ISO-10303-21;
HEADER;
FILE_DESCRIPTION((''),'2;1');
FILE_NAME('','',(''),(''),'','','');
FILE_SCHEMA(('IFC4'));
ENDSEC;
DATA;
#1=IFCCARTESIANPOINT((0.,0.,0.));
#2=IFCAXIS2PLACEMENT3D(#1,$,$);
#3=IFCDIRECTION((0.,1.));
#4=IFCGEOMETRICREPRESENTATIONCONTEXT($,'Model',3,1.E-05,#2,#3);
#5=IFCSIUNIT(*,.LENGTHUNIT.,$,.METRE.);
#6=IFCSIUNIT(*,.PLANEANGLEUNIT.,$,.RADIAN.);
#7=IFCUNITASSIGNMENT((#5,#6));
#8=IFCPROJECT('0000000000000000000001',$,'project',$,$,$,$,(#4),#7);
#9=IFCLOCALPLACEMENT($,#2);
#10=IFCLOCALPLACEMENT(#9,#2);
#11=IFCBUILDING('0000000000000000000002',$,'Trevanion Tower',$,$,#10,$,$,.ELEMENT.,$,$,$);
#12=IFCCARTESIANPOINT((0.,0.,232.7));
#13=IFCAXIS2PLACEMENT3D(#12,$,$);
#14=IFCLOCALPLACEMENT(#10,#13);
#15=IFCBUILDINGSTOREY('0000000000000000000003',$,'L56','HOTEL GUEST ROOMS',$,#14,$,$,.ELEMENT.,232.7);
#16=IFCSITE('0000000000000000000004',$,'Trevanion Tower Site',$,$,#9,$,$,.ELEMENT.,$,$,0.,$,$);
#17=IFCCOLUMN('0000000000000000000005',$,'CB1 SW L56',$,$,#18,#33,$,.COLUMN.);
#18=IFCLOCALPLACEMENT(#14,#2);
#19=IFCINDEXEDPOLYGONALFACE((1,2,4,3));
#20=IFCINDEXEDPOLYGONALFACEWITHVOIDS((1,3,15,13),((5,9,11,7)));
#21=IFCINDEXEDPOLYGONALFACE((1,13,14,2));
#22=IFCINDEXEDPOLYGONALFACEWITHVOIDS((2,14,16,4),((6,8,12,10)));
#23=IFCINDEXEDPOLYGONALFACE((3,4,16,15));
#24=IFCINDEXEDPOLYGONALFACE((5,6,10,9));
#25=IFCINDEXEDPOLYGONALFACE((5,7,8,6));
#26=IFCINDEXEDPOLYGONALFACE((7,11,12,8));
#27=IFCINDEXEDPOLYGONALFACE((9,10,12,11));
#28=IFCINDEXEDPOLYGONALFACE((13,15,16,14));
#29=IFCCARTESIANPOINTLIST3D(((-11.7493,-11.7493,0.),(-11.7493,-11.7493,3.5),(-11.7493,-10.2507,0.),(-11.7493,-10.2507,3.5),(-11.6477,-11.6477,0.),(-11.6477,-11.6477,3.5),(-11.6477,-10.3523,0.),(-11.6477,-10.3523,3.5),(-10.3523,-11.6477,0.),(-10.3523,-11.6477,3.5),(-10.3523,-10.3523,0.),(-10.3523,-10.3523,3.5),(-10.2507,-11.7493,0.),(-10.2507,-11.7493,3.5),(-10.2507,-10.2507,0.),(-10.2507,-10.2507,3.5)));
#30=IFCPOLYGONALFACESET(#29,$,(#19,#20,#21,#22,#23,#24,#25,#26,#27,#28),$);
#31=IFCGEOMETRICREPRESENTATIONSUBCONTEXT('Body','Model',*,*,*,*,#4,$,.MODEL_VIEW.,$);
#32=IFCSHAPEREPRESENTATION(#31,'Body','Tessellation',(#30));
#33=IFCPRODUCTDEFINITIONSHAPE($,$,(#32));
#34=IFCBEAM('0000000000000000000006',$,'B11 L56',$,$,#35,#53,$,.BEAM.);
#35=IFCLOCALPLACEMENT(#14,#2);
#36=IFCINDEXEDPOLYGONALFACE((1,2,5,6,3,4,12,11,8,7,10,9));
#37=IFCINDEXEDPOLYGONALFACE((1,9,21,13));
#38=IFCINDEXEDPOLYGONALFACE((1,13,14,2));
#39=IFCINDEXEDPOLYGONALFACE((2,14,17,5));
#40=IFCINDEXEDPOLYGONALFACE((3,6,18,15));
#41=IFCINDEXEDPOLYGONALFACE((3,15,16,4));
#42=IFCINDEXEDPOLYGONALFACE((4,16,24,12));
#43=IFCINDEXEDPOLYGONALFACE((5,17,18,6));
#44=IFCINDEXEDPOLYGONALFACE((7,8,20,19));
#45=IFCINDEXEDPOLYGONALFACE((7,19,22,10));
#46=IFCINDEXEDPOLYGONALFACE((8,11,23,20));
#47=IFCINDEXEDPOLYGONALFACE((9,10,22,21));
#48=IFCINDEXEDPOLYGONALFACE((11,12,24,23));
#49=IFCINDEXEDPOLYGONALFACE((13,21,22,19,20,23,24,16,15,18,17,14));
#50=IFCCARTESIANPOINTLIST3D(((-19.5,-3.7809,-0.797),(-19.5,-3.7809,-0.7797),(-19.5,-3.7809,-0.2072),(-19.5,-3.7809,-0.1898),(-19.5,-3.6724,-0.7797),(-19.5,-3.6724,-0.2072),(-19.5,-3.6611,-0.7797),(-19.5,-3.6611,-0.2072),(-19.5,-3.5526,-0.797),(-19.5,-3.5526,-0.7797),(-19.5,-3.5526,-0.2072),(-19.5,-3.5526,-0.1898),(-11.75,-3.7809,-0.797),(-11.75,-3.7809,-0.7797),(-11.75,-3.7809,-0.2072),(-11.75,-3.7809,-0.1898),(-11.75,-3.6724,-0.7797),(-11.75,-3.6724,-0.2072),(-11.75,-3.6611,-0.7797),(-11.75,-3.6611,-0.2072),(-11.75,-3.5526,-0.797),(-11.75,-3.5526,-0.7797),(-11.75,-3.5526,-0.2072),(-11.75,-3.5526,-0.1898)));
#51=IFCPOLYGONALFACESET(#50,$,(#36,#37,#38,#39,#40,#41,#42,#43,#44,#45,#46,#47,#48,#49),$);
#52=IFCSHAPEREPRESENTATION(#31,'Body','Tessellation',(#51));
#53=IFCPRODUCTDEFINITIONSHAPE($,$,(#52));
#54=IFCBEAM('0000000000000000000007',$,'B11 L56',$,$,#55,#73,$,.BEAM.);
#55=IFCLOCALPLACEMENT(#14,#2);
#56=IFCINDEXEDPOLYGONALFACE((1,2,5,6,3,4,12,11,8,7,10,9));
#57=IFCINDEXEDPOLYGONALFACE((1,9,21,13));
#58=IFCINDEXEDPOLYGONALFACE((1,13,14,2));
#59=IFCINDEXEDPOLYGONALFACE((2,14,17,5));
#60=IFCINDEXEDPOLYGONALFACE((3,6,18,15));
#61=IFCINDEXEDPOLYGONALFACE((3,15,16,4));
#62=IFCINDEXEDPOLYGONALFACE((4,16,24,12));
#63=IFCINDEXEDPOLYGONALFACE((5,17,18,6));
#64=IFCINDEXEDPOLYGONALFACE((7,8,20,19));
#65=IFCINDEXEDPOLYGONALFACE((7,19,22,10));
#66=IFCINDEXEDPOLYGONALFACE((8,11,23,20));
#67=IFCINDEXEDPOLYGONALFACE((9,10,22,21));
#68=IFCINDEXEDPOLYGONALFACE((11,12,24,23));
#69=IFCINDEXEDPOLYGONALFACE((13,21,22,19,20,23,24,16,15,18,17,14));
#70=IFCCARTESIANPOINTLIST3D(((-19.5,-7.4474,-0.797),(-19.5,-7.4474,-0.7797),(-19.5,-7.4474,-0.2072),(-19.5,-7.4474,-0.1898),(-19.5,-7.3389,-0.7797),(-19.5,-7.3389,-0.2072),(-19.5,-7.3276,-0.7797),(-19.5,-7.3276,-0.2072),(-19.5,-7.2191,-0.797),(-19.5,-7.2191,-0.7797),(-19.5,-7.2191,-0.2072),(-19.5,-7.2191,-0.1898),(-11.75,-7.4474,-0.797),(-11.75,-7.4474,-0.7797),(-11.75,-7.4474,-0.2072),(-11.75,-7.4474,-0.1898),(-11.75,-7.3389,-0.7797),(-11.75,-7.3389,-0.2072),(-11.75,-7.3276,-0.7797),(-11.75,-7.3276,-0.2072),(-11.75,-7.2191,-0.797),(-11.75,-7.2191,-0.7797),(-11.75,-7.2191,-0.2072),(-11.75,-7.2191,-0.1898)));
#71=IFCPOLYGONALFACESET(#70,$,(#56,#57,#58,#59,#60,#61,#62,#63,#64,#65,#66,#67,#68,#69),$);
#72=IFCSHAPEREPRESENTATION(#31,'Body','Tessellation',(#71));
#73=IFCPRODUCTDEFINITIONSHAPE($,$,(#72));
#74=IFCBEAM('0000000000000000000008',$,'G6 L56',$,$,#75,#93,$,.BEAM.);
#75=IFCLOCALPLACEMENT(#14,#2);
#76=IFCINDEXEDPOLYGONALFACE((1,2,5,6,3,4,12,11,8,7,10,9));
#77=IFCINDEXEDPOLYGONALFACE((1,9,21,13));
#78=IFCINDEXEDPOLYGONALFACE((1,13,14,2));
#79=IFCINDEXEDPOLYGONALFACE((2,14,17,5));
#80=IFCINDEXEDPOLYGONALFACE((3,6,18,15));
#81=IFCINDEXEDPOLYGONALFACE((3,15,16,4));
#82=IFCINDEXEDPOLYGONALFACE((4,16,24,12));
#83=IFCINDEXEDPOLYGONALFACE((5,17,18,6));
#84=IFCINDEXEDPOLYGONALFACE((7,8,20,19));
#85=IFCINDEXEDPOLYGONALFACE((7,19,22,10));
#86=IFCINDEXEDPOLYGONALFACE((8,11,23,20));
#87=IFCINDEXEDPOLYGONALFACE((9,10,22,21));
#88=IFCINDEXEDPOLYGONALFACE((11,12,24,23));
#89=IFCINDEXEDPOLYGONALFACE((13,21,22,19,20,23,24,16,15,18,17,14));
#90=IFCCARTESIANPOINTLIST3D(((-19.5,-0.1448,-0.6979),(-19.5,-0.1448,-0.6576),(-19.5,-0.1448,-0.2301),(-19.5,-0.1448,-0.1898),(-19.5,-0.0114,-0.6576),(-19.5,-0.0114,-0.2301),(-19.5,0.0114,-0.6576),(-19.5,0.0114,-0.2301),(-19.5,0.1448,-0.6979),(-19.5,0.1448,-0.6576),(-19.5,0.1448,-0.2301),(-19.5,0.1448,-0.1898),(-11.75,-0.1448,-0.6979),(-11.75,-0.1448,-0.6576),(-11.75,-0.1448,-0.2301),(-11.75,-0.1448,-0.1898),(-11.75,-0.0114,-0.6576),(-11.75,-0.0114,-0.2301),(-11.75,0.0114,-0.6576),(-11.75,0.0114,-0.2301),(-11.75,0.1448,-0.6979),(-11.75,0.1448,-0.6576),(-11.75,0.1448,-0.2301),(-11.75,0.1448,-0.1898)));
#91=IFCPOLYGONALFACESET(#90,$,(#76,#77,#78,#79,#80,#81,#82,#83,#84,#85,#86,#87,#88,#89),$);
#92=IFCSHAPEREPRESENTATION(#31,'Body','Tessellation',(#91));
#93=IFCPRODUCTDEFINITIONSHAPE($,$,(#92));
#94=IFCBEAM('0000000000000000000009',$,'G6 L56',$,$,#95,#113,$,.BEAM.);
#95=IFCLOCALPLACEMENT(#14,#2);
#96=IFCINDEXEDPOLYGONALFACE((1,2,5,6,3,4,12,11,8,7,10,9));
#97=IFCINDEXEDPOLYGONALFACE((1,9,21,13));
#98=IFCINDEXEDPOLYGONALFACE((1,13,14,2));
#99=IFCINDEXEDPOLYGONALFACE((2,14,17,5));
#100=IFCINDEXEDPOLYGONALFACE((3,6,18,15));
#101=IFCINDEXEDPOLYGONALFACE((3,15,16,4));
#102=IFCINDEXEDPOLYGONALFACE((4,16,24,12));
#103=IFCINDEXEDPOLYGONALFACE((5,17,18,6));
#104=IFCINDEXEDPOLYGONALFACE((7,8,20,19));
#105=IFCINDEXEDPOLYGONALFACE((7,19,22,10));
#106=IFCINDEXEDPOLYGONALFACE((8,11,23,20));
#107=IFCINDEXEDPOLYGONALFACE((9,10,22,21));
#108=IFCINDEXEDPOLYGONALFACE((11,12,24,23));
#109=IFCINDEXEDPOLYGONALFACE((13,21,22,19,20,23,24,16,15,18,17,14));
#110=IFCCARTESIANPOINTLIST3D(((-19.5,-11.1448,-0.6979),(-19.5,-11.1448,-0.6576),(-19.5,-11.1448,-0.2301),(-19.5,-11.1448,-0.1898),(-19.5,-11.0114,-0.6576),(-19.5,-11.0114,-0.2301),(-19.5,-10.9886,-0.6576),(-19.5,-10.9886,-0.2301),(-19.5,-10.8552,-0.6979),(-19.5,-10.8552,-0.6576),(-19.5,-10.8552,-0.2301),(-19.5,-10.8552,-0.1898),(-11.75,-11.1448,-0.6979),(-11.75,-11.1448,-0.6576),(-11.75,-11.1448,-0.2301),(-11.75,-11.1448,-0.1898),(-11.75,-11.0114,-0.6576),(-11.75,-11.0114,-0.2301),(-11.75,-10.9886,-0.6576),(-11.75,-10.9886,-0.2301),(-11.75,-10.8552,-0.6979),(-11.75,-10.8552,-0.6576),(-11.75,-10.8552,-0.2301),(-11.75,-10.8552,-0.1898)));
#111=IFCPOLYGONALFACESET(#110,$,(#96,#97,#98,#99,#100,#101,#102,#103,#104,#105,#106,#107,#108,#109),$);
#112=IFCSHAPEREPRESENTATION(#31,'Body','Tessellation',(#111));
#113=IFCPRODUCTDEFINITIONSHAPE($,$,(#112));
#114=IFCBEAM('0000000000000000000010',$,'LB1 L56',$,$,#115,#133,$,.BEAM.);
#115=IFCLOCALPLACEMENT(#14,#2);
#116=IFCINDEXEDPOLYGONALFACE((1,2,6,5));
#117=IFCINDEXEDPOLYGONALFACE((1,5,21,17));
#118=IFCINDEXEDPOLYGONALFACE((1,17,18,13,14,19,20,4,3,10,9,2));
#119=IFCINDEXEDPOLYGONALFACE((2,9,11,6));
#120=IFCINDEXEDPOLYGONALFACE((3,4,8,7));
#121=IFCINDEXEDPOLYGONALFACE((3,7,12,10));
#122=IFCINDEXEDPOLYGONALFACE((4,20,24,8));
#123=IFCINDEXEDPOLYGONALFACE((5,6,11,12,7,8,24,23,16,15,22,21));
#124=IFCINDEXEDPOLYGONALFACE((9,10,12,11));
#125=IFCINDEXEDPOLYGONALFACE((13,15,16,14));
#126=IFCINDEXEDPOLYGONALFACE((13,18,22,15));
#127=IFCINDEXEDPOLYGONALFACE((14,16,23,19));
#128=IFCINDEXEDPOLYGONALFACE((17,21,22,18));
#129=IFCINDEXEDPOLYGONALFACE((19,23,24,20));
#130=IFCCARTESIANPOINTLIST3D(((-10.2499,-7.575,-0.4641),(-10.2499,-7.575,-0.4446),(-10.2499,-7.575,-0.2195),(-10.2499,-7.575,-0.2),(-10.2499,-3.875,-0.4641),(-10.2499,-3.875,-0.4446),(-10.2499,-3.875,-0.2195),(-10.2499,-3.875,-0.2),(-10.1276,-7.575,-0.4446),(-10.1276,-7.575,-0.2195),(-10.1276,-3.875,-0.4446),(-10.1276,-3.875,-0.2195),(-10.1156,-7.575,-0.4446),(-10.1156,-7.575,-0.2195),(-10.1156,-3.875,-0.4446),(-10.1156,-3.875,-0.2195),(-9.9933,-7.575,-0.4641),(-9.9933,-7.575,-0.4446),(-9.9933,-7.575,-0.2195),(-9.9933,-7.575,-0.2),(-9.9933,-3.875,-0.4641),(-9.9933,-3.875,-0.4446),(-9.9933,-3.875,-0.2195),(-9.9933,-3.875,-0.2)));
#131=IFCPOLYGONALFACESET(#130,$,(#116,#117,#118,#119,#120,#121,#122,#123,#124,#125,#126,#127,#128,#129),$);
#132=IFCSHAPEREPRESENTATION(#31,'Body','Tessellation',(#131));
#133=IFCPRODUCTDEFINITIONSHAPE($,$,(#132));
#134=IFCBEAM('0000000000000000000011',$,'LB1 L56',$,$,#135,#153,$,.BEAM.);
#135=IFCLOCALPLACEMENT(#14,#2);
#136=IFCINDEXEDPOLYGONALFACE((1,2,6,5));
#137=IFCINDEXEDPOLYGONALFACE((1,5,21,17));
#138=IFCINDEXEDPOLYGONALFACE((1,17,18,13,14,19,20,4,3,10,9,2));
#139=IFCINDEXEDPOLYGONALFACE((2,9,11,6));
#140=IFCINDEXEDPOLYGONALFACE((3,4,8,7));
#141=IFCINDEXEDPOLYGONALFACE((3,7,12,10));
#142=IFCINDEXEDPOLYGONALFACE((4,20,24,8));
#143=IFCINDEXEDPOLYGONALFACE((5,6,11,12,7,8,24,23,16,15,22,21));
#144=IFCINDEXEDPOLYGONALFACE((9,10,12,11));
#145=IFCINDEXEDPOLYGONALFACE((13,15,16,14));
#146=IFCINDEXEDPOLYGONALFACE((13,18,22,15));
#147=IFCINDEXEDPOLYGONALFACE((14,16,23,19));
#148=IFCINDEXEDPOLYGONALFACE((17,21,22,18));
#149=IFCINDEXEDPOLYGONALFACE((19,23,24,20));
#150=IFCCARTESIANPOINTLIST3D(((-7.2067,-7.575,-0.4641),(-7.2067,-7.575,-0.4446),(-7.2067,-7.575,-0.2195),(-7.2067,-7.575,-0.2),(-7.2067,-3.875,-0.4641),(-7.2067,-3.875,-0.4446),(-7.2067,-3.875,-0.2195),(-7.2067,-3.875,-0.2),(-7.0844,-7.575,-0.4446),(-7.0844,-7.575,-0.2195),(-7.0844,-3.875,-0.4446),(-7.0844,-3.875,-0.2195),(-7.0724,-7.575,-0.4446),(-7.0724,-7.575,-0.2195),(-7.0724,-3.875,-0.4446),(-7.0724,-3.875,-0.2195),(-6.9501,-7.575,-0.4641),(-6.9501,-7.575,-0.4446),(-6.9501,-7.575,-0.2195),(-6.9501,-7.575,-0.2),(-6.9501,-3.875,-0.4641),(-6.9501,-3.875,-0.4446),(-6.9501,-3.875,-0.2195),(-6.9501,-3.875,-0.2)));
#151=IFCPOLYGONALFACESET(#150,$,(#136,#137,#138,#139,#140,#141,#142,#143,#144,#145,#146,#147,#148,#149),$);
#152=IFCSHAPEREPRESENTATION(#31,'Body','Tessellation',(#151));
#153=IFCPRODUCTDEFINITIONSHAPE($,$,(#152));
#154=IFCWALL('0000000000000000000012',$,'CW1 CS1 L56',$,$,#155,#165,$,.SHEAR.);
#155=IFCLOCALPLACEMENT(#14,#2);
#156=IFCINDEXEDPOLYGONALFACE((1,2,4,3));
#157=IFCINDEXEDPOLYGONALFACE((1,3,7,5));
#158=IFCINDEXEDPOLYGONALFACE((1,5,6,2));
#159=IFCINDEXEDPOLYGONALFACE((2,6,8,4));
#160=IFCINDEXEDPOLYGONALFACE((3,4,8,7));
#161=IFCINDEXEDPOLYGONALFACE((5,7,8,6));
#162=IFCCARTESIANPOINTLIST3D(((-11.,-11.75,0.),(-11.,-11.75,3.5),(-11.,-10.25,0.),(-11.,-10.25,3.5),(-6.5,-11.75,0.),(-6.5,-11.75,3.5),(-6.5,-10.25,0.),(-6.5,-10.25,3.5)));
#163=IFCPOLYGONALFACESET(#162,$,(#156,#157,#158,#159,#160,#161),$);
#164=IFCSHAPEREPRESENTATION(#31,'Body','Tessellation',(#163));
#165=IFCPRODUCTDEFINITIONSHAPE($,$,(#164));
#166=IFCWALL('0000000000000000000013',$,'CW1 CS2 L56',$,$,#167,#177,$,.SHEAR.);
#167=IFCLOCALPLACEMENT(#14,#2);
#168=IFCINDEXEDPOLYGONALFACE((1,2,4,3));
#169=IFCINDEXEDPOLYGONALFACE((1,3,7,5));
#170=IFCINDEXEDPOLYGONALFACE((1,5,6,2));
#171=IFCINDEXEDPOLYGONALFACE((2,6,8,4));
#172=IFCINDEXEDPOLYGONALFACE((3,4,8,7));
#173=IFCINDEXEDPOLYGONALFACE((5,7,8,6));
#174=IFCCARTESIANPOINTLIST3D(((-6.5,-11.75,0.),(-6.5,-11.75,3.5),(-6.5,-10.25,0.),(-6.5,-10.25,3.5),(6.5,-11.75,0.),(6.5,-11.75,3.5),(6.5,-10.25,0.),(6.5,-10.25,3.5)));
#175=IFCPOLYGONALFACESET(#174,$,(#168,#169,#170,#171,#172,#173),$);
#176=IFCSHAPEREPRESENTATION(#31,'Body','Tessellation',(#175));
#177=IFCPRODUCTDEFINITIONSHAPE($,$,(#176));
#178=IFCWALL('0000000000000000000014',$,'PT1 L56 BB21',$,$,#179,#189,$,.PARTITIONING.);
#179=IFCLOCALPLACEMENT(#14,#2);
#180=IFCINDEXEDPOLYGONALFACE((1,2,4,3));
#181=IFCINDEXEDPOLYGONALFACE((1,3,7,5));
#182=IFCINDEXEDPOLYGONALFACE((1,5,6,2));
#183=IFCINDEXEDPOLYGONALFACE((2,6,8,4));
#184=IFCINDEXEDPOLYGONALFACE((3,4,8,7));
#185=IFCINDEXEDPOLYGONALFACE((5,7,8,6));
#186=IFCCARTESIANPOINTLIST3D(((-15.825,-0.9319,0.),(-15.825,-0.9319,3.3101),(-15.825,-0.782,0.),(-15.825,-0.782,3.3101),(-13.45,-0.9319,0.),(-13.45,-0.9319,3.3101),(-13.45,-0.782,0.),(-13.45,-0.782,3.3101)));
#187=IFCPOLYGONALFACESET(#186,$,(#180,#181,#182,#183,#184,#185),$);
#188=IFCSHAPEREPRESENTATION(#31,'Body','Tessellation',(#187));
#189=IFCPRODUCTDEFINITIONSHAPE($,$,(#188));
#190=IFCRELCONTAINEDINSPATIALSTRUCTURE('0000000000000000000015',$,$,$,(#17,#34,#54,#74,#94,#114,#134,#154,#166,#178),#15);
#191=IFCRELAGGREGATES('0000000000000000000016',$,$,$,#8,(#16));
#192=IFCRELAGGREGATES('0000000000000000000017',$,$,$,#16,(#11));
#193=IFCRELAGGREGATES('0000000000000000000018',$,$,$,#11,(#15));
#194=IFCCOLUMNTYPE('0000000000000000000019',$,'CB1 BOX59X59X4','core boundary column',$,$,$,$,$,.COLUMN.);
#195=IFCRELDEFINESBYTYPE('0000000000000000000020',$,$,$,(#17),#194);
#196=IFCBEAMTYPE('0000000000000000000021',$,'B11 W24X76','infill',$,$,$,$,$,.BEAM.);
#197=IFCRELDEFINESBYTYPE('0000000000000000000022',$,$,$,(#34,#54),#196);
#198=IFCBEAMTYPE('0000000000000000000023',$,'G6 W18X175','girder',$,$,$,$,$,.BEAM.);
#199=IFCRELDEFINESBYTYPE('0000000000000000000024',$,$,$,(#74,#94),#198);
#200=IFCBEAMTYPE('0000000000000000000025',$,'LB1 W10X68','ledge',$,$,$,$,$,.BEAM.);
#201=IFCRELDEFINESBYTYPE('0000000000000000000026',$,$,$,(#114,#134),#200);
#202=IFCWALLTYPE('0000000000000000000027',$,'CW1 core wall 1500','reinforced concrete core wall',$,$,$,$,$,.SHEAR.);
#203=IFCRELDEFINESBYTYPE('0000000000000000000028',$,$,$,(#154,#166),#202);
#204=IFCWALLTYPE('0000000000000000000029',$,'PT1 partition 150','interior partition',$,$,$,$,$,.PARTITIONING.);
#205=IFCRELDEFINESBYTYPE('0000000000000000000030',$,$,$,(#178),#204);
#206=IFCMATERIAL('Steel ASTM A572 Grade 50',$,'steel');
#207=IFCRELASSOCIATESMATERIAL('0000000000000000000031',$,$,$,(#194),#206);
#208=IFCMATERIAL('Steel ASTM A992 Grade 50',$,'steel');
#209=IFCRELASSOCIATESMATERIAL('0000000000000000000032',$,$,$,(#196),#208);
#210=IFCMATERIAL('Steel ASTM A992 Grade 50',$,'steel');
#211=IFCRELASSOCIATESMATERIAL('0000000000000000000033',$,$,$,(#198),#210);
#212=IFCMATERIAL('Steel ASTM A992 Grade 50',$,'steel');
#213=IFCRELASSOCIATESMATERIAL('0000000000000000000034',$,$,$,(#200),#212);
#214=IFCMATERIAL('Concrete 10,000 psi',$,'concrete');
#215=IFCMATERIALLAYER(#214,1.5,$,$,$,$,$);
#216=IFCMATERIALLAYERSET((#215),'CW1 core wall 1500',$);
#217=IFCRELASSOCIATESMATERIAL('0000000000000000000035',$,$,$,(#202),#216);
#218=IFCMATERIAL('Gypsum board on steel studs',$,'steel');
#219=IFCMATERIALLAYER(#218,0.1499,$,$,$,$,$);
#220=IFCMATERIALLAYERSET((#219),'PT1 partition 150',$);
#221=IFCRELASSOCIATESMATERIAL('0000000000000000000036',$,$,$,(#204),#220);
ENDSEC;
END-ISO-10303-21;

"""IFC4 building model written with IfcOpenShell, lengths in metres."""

from ifc_helpers import new_model, si_unit, direction, frame, frame_2d, origin, origin_2d, place, context, subcontext, project, spatial, rectangle, hollow_rectangle, i_section, extrude, material, layer, layer_set, material_profile, profile_set, type_object, element, save


model = new_model("IFC4")

# Units and contexts
model_context = context("Model", 3, precision=1e-05, world=origin(), true_north=direction((0.0, 1.0)))
body_context = subcontext(model_context, "Body", "Model", "MODEL_VIEW")
ifc_project = project(units=[si_unit("LENGTHUNIT", "METRE"), si_unit("PLANEANGLEUNIT", "RADIAN")], contexts=[model_context])

# Site, building, storey
site_placement = place(None, origin())
site = spatial("IfcSite", under=ifc_project, at=site_placement, Name="Trevanion Tower Site", CompositionType="ELEMENT", RefElevation=0.0)
building_placement = place(site_placement, origin())
building = spatial("IfcBuilding", under=site, at=building_placement, Name="Trevanion Tower", CompositionType="ELEMENT")
storey_placement = place(building_placement, frame((0.0, 0.0, 232.7)))
storey = spatial("IfcBuildingStorey", under=building, at=storey_placement, Name="L56", Description="HOTEL GUEST ROOMS", CompositionType="ELEMENT", Elevation=232.7)

# Column
ifc_material_1 = material(Name="Steel ASTM A572 Grade 50", Category="steel")
ifc_material_profile_1 = material_profile(ifc_material_1, hollow_rectangle(XDim=1.4985, YDim=1.4985, WallThickness=0.1016, at=origin_2d()), Name="BOX59X59X4")
ifc_profile_set_1 = profile_set([ifc_material_profile_1], Name="Steel ASTM A572 Grade 50")
column_type = type_object("IfcColumnType", Name="CB1 BOX59X59X4", Description="core boundary column", PredefinedType="COLUMN", material=ifc_profile_set_1)
column_placement = place(storey_placement, frame((-11.0, -11.0, 0.0), z_axis=(0.0, 0.0, 1.0), x_axis=(1.0, 0.0, 0.0)))
element("IfcColumn", 1, at=column_placement, inside=storey, type_object=column_type, Name="CB1 SW L56", PredefinedType="COLUMN", context=body_context, shape_type="SweptSolid", body=[
    extrude(hollow_rectangle(XDim=1.4985, YDim=1.4985, WallThickness=0.1016, at=origin_2d()), origin(), (0.0, 0.0, 1.0), 3.5),
])

# Beams
ifc_material_2 = material(Name="Steel ASTM A992 Grade 50", Category="steel")
ifc_material_profile_2 = material_profile(ifc_material_2, i_section(OverallWidth=0.2283, OverallDepth=0.6072, WebThickness=0.0112, FlangeThickness=0.0173, at=origin_2d()), Name="W24X76")
ifc_profile_set_2 = profile_set([ifc_material_profile_2], Name="Steel ASTM A992 Grade 50")
beam_type_1 = type_object("IfcBeamType", Name="B11 W24X76", Description="infill", PredefinedType="BEAM", material=ifc_profile_set_2)
for number, where, z_axis, x_axis, name in (
    (2, (-11.75, -3.6667, -0.4934), (-1.0, 0.0, 0.0), (0.0, -1.0, 0.0), "B11 L56"),
    (3, (-11.75, -7.3333, -0.4934), (-1.0, 0.0, 0.0), (0.0, -1.0, 0.0), "B11 L56"),
):
    element("IfcBeam", number, at=place(storey_placement, frame(where, z_axis=z_axis, x_axis=x_axis)), inside=storey, type_object=beam_type_1, Name=name, PredefinedType="BEAM", context=body_context, shape_type="SweptSolid", body=[
        extrude(i_section(OverallWidth=0.2283, OverallDepth=0.6072, WebThickness=0.0112, FlangeThickness=0.0173, at=origin_2d()), origin(), (0.0, 0.0, 1.0), 7.75),
    ])
ifc_material_3 = material(Name="Steel ASTM A992 Grade 50", Category="steel")
ifc_material_profile_3 = material_profile(ifc_material_3, i_section(OverallWidth=0.2896, OverallDepth=0.5081, WebThickness=0.0227, FlangeThickness=0.0403, at=origin_2d()), Name="W18X175")
ifc_profile_set_3 = profile_set([ifc_material_profile_3], Name="Steel ASTM A992 Grade 50")
beam_type_2 = type_object("IfcBeamType", Name="G6 W18X175", Description="girder", PredefinedType="BEAM", material=ifc_profile_set_3)
for number, where, z_axis, x_axis, name in (
    (4, (-11.75, 0.0, -0.4438), (-1.0, 0.0, 0.0), (0.0, -1.0, 0.0), "G6 L56"),
    (5, (-11.75, -11.0, -0.4438), (-1.0, 0.0, 0.0), (0.0, -1.0, 0.0), "G6 L56"),
):
    element("IfcBeam", number, at=place(storey_placement, frame(where, z_axis=z_axis, x_axis=x_axis)), inside=storey, type_object=beam_type_2, Name=name, PredefinedType="BEAM", context=body_context, shape_type="SweptSolid", body=[
        extrude(i_section(OverallWidth=0.2896, OverallDepth=0.5081, WebThickness=0.0227, FlangeThickness=0.0403, at=origin_2d()), origin(), (0.0, 0.0, 1.0), 7.75),
    ])
ifc_material_4 = material(Name="Steel ASTM A992 Grade 50", Category="steel")
ifc_material_profile_4 = material_profile(ifc_material_4, i_section(OverallWidth=0.2566, OverallDepth=0.2642, WebThickness=0.012, FlangeThickness=0.0195, at=origin_2d()), Name="W10X68")
ifc_profile_set_4 = profile_set([ifc_material_profile_4], Name="Steel ASTM A992 Grade 50")
beam_type_3 = type_object("IfcBeamType", Name="LB1 W10X68", Description="ledge", PredefinedType="BEAM", material=ifc_profile_set_4)
for number, where, z_axis, x_axis, name in (
    (6, (-10.1216, -7.575, -0.332), (0.0, 1.0, 0.0), (-1.0, 0.0, 0.0), "LB1 L56"),
    (7, (-7.0784, -7.575, -0.332), (0.0, 1.0, 0.0), (-1.0, 0.0, 0.0), "LB1 L56"),
):
    element("IfcBeam", number, at=place(storey_placement, frame(where, z_axis=z_axis, x_axis=x_axis)), inside=storey, type_object=beam_type_3, Name=name, PredefinedType="BEAM", context=body_context, shape_type="SweptSolid", body=[
        extrude(i_section(OverallWidth=0.2566, OverallDepth=0.2642, WebThickness=0.012, FlangeThickness=0.0195, at=origin_2d()), origin(), (0.0, 0.0, 1.0), 3.7),
    ])

# Walls
ifc_material_5 = material(Name="Concrete 10,000 psi", Category="concrete")
ifc_layer_1 = layer(ifc_material_5, 1.5)
ifc_layer_set_1 = layer_set([ifc_layer_1], Name="CW1 core wall 1500")
wall_type_1 = type_object("IfcWallType", Name="CW1 core wall 1500", Description="reinforced concrete core wall", PredefinedType="SHEAR", material=ifc_layer_set_1)
wall_1_placement = place(storey_placement, frame((-11.0, -11.0, 0.0), z_axis=(0.0, 0.0, 1.0), x_axis=(1.0, 0.0, 0.0)))
element("IfcWall", 8, at=wall_1_placement, inside=storey, type_object=wall_type_1, Name="CW1 CS1 L56", PredefinedType="SHEAR", context=body_context, shape_type="SweptSolid", body=[
    extrude(rectangle(XDim=4.5, YDim=1.5, at=frame_2d((2.25, 0.0))), origin(), (0.0, 0.0, 1.0), 3.5),
])
wall_2_placement = place(storey_placement, frame((-6.5, -11.0, 0.0), z_axis=(0.0, 0.0, 1.0), x_axis=(1.0, 0.0, 0.0)))
element("IfcWall", 9, at=wall_2_placement, inside=storey, type_object=wall_type_1, Name="CW1 CS2 L56", PredefinedType="SHEAR", context=body_context, shape_type="SweptSolid", body=[
    extrude(rectangle(XDim=13.0, YDim=1.5, at=frame_2d((6.5, 0.0))), origin(), (0.0, 0.0, 1.0), 3.5),
])
ifc_material_6 = material(Name="Gypsum board on steel studs", Category="steel")
ifc_layer_2 = layer(ifc_material_6, 0.1499)
ifc_layer_set_2 = layer_set([ifc_layer_2], Name="PT1 partition 150")
wall_type_2 = type_object("IfcWallType", Name="PT1 partition 150", Description="interior partition", PredefinedType="PARTITIONING", material=ifc_layer_set_2)
wall_3_placement = place(storey_placement, frame((-13.45, -0.8569, 0.0), z_axis=(0.0, 0.0, 1.0), x_axis=(-1.0, 0.0, 0.0)))
element("IfcWall", 10, at=wall_3_placement, inside=storey, type_object=wall_type_2, Name="PT1 L56 BB21", PredefinedType="PARTITIONING", context=body_context, shape_type="SweptSolid", body=[
    extrude(rectangle(XDim=2.375, YDim=0.1499, at=frame_2d((1.1875, 0.0))), origin(), (0.0, 0.0, 1.0), 3.3101),
])

save(model, "model.ifc")
